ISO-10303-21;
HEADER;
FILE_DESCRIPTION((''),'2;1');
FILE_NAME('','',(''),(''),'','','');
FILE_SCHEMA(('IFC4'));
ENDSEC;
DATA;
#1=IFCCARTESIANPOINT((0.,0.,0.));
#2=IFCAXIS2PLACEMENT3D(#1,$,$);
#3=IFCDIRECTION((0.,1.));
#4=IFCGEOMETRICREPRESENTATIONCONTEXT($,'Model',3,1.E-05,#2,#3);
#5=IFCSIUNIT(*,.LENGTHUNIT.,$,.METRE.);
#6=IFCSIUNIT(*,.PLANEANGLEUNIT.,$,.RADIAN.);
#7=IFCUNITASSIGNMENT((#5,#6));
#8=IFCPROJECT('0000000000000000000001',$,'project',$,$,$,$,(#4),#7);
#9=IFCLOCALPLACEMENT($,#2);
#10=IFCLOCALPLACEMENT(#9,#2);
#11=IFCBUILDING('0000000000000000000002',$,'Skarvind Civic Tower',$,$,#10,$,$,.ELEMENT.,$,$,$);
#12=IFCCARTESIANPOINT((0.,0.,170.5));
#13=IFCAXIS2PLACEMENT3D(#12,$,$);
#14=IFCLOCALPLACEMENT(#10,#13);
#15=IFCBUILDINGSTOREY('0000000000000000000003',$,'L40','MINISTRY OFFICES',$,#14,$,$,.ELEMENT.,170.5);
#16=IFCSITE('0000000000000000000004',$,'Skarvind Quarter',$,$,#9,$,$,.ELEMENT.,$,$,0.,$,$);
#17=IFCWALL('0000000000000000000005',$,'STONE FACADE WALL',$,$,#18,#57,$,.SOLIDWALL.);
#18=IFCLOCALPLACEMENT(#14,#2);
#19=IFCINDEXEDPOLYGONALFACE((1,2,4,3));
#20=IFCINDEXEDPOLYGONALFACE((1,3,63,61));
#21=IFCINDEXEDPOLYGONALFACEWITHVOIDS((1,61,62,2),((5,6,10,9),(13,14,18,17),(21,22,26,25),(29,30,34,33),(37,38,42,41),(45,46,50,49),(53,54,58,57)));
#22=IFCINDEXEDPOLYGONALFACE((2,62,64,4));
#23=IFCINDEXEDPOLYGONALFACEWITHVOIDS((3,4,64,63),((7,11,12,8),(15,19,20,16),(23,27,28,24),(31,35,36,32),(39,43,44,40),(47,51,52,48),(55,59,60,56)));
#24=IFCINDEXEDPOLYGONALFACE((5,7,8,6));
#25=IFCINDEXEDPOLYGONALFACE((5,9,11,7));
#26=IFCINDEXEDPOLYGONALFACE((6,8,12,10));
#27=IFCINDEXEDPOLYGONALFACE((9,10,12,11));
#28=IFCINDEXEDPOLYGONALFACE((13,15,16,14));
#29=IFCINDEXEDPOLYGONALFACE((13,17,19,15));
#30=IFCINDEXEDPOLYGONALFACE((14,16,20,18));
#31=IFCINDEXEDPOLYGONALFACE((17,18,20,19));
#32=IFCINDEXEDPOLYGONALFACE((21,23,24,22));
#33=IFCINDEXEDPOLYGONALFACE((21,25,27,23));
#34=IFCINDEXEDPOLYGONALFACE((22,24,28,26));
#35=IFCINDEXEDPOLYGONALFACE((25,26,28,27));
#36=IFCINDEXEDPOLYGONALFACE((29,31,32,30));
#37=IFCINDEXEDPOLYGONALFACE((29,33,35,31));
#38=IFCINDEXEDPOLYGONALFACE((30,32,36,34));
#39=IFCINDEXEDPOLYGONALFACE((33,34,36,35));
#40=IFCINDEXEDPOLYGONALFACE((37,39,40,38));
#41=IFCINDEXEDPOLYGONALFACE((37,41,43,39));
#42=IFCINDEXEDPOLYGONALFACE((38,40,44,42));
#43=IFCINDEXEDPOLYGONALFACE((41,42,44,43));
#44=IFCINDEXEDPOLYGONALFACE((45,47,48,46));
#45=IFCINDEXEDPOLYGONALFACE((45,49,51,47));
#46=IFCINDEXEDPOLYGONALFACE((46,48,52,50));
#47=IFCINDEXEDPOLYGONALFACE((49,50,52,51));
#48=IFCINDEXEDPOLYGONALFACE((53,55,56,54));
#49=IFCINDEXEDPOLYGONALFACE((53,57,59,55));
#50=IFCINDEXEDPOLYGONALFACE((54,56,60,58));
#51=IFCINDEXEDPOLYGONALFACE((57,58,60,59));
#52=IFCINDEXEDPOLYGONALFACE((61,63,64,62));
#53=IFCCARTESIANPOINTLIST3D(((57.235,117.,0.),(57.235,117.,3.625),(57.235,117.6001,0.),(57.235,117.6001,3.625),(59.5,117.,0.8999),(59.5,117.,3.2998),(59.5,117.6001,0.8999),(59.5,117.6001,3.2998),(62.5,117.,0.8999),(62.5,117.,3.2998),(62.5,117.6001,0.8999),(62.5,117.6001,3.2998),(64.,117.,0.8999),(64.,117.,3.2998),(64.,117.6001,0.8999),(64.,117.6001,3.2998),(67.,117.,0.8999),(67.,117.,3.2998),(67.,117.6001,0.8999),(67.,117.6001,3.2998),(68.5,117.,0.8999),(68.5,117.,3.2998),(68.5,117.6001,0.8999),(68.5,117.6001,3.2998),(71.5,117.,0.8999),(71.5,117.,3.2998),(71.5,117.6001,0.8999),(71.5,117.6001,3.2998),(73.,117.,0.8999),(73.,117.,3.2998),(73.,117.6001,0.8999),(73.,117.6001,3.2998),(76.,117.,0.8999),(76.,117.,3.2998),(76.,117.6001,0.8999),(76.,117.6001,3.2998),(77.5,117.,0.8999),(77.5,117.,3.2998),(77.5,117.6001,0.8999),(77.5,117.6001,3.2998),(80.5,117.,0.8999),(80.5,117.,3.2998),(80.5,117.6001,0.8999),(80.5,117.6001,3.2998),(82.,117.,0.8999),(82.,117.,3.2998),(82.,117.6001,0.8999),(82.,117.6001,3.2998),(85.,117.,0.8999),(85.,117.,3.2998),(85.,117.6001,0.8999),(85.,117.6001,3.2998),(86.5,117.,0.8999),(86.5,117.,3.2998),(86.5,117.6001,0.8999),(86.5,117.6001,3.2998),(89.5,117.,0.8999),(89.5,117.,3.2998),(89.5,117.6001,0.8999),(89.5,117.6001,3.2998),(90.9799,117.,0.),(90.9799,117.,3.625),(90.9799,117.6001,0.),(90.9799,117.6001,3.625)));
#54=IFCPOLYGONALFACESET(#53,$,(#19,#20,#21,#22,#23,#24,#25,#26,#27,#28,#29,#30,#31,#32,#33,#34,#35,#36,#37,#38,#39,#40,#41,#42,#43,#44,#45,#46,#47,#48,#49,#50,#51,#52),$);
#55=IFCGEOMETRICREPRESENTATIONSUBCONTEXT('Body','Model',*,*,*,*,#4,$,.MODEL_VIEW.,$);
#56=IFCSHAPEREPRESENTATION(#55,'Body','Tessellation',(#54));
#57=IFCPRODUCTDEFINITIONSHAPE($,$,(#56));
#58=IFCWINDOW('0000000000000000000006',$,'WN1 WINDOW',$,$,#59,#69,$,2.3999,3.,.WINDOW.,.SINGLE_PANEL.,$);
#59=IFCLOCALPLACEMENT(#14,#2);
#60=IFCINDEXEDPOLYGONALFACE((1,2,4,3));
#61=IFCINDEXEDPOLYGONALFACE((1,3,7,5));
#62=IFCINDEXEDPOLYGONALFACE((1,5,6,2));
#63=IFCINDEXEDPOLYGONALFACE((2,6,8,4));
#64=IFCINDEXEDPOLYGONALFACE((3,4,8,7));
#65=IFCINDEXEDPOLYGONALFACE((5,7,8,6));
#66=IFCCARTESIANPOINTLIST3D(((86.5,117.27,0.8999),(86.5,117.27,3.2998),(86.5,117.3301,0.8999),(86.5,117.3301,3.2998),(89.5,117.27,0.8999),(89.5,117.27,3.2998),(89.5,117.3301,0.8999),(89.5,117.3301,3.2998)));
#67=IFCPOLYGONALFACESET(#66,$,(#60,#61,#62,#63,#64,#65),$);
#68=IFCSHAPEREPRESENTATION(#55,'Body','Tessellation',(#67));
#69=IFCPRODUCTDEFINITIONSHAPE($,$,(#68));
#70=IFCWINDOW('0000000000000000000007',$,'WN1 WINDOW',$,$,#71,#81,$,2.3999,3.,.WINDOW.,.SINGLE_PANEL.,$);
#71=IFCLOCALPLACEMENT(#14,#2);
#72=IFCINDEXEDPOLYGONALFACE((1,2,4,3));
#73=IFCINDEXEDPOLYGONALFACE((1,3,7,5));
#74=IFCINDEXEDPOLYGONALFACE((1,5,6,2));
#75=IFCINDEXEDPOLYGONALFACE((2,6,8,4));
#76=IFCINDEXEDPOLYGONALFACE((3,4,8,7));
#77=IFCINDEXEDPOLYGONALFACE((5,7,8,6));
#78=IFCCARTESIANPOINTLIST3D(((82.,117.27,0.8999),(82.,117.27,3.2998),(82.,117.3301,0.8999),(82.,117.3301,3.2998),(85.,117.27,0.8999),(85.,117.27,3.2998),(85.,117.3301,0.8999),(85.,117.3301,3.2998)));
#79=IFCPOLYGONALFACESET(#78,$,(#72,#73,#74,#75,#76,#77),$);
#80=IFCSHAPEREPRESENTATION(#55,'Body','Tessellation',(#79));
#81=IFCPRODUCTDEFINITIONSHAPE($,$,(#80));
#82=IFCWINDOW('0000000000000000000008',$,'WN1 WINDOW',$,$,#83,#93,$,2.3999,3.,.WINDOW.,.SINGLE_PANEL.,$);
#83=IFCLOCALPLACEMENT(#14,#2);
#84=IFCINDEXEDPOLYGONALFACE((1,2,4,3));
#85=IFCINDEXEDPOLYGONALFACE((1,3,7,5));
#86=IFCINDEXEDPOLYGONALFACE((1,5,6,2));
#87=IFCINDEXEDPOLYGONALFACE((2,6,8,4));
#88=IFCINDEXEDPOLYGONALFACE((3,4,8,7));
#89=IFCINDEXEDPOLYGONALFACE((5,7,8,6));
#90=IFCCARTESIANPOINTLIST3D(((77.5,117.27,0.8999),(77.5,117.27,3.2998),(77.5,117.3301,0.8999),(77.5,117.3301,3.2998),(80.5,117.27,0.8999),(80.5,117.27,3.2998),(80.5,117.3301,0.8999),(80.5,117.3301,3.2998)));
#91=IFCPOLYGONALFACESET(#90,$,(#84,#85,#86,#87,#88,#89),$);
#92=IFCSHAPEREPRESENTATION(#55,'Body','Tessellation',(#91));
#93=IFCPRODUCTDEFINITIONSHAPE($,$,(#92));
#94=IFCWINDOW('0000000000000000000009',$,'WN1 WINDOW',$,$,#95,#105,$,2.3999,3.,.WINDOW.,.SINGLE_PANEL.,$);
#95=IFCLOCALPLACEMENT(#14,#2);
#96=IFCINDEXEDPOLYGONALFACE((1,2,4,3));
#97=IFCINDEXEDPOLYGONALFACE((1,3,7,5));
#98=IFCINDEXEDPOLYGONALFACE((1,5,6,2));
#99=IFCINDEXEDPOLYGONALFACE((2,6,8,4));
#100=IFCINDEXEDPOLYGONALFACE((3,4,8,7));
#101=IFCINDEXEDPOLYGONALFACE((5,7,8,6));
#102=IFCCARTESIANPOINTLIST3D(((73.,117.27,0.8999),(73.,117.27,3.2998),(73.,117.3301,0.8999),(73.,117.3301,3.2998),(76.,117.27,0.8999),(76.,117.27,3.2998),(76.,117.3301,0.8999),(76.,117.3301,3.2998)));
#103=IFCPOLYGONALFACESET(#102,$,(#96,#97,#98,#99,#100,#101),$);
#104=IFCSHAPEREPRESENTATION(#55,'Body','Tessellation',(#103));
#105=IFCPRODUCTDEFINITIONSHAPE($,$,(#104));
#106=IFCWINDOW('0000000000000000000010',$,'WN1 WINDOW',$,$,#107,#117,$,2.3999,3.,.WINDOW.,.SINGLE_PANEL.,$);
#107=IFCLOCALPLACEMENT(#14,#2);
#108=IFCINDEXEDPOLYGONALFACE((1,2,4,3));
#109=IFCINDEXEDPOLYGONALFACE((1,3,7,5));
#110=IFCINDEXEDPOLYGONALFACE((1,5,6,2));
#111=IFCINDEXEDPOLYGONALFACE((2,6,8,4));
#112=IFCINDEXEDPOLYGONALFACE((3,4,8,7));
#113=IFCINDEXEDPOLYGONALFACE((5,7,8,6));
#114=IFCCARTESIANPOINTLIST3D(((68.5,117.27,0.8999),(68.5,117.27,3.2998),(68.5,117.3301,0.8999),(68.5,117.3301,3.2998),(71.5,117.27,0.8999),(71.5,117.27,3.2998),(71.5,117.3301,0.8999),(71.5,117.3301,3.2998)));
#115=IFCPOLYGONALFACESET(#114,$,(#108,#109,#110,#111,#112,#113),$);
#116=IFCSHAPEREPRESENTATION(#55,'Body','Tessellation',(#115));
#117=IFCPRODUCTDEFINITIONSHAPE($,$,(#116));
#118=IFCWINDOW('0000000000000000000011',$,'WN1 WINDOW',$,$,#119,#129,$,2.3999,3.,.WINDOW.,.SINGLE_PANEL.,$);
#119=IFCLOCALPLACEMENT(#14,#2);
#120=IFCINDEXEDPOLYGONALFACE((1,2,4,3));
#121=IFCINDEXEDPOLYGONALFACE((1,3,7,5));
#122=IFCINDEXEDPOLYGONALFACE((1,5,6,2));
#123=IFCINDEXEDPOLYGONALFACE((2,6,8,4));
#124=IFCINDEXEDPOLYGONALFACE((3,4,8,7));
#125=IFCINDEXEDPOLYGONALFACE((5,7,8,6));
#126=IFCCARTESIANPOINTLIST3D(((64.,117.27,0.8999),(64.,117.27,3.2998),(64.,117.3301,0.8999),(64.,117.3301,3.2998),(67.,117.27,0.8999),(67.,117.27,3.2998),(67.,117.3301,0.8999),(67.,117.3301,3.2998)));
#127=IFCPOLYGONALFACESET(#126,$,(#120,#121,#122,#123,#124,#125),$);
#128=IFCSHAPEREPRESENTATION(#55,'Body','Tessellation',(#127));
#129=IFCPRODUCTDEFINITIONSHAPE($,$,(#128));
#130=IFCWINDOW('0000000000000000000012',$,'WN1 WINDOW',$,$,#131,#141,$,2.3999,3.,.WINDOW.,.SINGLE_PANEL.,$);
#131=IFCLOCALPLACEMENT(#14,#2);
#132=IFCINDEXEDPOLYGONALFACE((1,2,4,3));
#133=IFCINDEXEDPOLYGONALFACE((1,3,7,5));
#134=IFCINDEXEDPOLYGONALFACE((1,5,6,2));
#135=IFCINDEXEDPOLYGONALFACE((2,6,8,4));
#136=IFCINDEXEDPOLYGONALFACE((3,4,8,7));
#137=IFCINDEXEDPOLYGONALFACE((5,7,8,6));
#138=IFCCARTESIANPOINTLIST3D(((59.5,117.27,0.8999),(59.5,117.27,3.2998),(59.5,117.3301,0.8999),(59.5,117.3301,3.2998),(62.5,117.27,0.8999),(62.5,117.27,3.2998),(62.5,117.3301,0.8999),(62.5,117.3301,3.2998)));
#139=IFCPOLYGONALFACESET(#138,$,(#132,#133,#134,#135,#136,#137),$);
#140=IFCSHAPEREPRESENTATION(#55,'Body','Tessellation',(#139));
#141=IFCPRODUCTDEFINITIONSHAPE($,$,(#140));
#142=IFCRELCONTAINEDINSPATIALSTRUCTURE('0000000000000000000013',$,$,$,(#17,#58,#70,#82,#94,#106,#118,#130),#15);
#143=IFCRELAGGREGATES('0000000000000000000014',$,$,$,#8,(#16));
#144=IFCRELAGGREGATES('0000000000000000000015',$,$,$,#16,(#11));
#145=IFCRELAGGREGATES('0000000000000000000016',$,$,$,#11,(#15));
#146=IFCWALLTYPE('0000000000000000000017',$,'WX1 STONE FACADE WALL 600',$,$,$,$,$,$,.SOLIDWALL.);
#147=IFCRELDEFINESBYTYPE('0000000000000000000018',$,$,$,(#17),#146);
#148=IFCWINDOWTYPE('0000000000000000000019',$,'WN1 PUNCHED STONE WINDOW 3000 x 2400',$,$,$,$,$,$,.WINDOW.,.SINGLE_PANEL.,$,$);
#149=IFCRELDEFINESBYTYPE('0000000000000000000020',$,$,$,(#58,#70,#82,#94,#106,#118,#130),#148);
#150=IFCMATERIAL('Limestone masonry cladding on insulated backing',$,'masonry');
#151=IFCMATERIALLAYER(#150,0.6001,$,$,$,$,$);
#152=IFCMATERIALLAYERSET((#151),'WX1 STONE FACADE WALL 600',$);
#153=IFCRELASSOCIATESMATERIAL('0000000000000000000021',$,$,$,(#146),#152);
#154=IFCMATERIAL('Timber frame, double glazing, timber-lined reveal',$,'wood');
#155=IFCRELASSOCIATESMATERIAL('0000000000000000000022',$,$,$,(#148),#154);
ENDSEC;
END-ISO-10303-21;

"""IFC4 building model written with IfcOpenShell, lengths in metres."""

from ifc_helpers import new_model, si_unit, direction, frame, frame_2d, origin, place, context, subcontext, project, spatial, rectangle, extrude, material, layer, layer_set, type_object, element, fill, save


model = new_model("IFC4")

# Units and contexts
model_context = context("Model", 3, precision=1e-05, world=origin(), true_north=direction((0.0, 1.0)))
body_context = subcontext(model_context, "Body", "Model", "MODEL_VIEW")
ifc_project = project(units=[si_unit("LENGTHUNIT", "METRE"), si_unit("PLANEANGLEUNIT", "RADIAN")], contexts=[model_context])

# Site, building, storey
site_placement = place(None, origin())
site = spatial("IfcSite", under=ifc_project, at=site_placement, Name="Skarvind Quarter", CompositionType="ELEMENT", RefElevation=0.0)
building_placement = place(site_placement, origin())
building = spatial("IfcBuilding", under=site, at=building_placement, Name="Skarvind Civic Tower", CompositionType="ELEMENT")
storey_placement = place(building_placement, frame((0.0, 0.0, 170.5)))
storey = spatial("IfcBuildingStorey", under=building, at=storey_placement, Name="L40", Description="MINISTRY OFFICES", CompositionType="ELEMENT", Elevation=170.5)

# Shared definitions
ifc_material_1 = material(Name="Limestone masonry cladding on insulated backing", Category="masonry")
ifc_layer_1 = layer(ifc_material_1, 0.6001)
ifc_layer_set_1 = layer_set([ifc_layer_1], Name="WX1 STONE FACADE WALL 600")
wall_type_1 = type_object("IfcWallType", Name="WX1 STONE FACADE WALL 600", PredefinedType="SOLIDWALL", material=ifc_layer_set_1)

# Wall, openings, windows
wall_1_placement = place(storey_placement, frame((90.98, 117.3, 0.0), z_axis=(0.0, 0.0, 1.0), x_axis=(-1.0, 0.0, 0.0)))
wall_1 = element("IfcWall", 1, at=wall_1_placement, inside=storey, type_object=wall_type_1, Name="STONE FACADE WALL", PredefinedType="SOLIDWALL", context=body_context, shape_type="SweptSolid", body=[
    extrude(rectangle(XDim=33.7449, YDim=0.6001, at=frame_2d((16.8726, 0.0))), origin(), (0.0, 0.0, 1.0), 3.625),
])
opening_1_placement = place(wall_1_placement, frame((1.48, 0.0, 0.8999)))
opening_1 = element("IfcOpeningElement", 2, at=opening_1_placement, cuts=wall_1, PredefinedType="OPENING", context=body_context, shape_type="SweptSolid", body=[
    extrude(rectangle(XDim=3.0, YDim=2.3999, at=frame_2d((1.5, 1.2))), frame((0.0, 0.3101, 0.0), z_axis=(0.0, -1.0, 0.0), x_axis=(1.0, 0.0, 0.0)), (0.0, 0.0, 1.0), 0.6201),
])
opening_2_placement = place(wall_1_placement, frame((5.98, 0.0, 0.8999)))
opening_2 = element("IfcOpeningElement", 3, at=opening_2_placement, cuts=wall_1, PredefinedType="OPENING", context=body_context, shape_type="SweptSolid", body=[
    extrude(rectangle(XDim=3.0, YDim=2.3999, at=frame_2d((1.5, 1.2))), frame((0.0, 0.3101, 0.0), z_axis=(0.0, -1.0, 0.0), x_axis=(1.0, 0.0, 0.0)), (0.0, 0.0, 1.0), 0.6201),
])
opening_3_placement = place(wall_1_placement, frame((10.48, 0.0, 0.8999)))
opening_3 = element("IfcOpeningElement", 4, at=opening_3_placement, cuts=wall_1, PredefinedType="OPENING", context=body_context, shape_type="SweptSolid", body=[
    extrude(rectangle(XDim=3.0, YDim=2.3999, at=frame_2d((1.5, 1.2))), frame((0.0, 0.3101, 0.0), z_axis=(0.0, -1.0, 0.0), x_axis=(1.0, 0.0, 0.0)), (0.0, 0.0, 1.0), 0.6201),
])
opening_4_placement = place(wall_1_placement, frame((14.98, 0.0, 0.8999)))
opening_4 = element("IfcOpeningElement", 5, at=opening_4_placement, cuts=wall_1, PredefinedType="OPENING", context=body_context, shape_type="SweptSolid", body=[
    extrude(rectangle(XDim=3.0, YDim=2.3999, at=frame_2d((1.5, 1.2))), frame((0.0, 0.3101, 0.0), z_axis=(0.0, -1.0, 0.0), x_axis=(1.0, 0.0, 0.0)), (0.0, 0.0, 1.0), 0.6201),
])
opening_5_placement = place(wall_1_placement, frame((19.48, 0.0, 0.8999)))
opening_5 = element("IfcOpeningElement", 6, at=opening_5_placement, cuts=wall_1, PredefinedType="OPENING", context=body_context, shape_type="SweptSolid", body=[
    extrude(rectangle(XDim=3.0, YDim=2.3999, at=frame_2d((1.5, 1.2))), frame((0.0, 0.3101, 0.0), z_axis=(0.0, -1.0, 0.0), x_axis=(1.0, 0.0, 0.0)), (0.0, 0.0, 1.0), 0.6201),
])
opening_6_placement = place(wall_1_placement, frame((23.98, 0.0, 0.8999)))
opening_6 = element("IfcOpeningElement", 7, at=opening_6_placement, cuts=wall_1, PredefinedType="OPENING", context=body_context, shape_type="SweptSolid", body=[
    extrude(rectangle(XDim=3.0, YDim=2.3999, at=frame_2d((1.5, 1.2))), frame((0.0, 0.3101, 0.0), z_axis=(0.0, -1.0, 0.0), x_axis=(1.0, 0.0, 0.0)), (0.0, 0.0, 1.0), 0.6201),
])
opening_7_placement = place(wall_1_placement, frame((28.48, 0.0, 0.8999)))
opening_7 = element("IfcOpeningElement", 8, at=opening_7_placement, cuts=wall_1, PredefinedType="OPENING", context=body_context, shape_type="SweptSolid", body=[
    extrude(rectangle(XDim=3.0, YDim=2.3999, at=frame_2d((1.5, 1.2))), frame((0.0, 0.3101, 0.0), z_axis=(0.0, -1.0, 0.0), x_axis=(1.0, 0.0, 0.0)), (0.0, 0.0, 1.0), 0.6201),
])
ifc_material_2 = material(Name="Timber frame, double glazing, timber-lined reveal", Category="wood")
window_type = type_object("IfcWindowType", Name="WN1 PUNCHED STONE WINDOW 3000 x 2400", PartitioningType="SINGLE_PANEL", PredefinedType="WINDOW", material=ifc_material_2)
window_1_placement = place(opening_1_placement, origin())
window_1 = element("IfcWindow", 9, at=window_1_placement, inside=storey, type_object=window_type, Name="WN1 WINDOW", OverallHeight=2.3999, OverallWidth=3.0, PartitioningType="SINGLE_PANEL", PredefinedType="WINDOW", context=body_context, shape_type="SweptSolid", body=[
    extrude(rectangle(XDim=3.0, YDim=2.3999, at=frame_2d((1.5, 1.2))), frame((0.0, 0.03, 0.0), z_axis=(0.0, -1.0, 0.0), x_axis=(1.0, 0.0, 0.0)), (0.0, 0.0, 1.0), 0.0601),
])
fill(opening_1, window_1)
window_2_placement = place(opening_2_placement, origin())
window_2 = element("IfcWindow", 10, at=window_2_placement, inside=storey, type_object=window_type, Name="WN1 WINDOW", OverallHeight=2.3999, OverallWidth=3.0, PartitioningType="SINGLE_PANEL", PredefinedType="WINDOW", context=body_context, shape_type="SweptSolid", body=[
    extrude(rectangle(XDim=3.0, YDim=2.3999, at=frame_2d((1.5, 1.2))), frame((0.0, 0.03, 0.0), z_axis=(0.0, -1.0, 0.0), x_axis=(1.0, 0.0, 0.0)), (0.0, 0.0, 1.0), 0.0601),
])
fill(opening_2, window_2)
window_3_placement = place(opening_3_placement, origin())
window_3 = element("IfcWindow", 11, at=window_3_placement, inside=storey, type_object=window_type, Name="WN1 WINDOW", OverallHeight=2.3999, OverallWidth=3.0, PartitioningType="SINGLE_PANEL", PredefinedType="WINDOW", context=body_context, shape_type="SweptSolid", body=[
    extrude(rectangle(XDim=3.0, YDim=2.3999, at=frame_2d((1.5, 1.2))), frame((0.0, 0.03, 0.0), z_axis=(0.0, -1.0, 0.0), x_axis=(1.0, 0.0, 0.0)), (0.0, 0.0, 1.0), 0.0601),
])
fill(opening_3, window_3)
window_4_placement = place(opening_4_placement, origin())
window_4 = element("IfcWindow", 12, at=window_4_placement, inside=storey, type_object=window_type, Name="WN1 WINDOW", OverallHeight=2.3999, OverallWidth=3.0, PartitioningType="SINGLE_PANEL", PredefinedType="WINDOW", context=body_context, shape_type="SweptSolid", body=[
    extrude(rectangle(XDim=3.0, YDim=2.3999, at=frame_2d((1.5, 1.2))), frame((0.0, 0.03, 0.0), z_axis=(0.0, -1.0, 0.0), x_axis=(1.0, 0.0, 0.0)), (0.0, 0.0, 1.0), 0.0601),
])
fill(opening_4, window_4)
window_5_placement = place(opening_5_placement, origin())
window_5 = element("IfcWindow", 13, at=window_5_placement, inside=storey, type_object=window_type, Name="WN1 WINDOW", OverallHeight=2.3999, OverallWidth=3.0, PartitioningType="SINGLE_PANEL", PredefinedType="WINDOW", context=body_context, shape_type="SweptSolid", body=[
    extrude(rectangle(XDim=3.0, YDim=2.3999, at=frame_2d((1.5, 1.2))), frame((0.0, 0.03, 0.0), z_axis=(0.0, -1.0, 0.0), x_axis=(1.0, 0.0, 0.0)), (0.0, 0.0, 1.0), 0.0601),
])
fill(opening_5, window_5)
window_6_placement = place(opening_6_placement, origin())
window_6 = element("IfcWindow", 14, at=window_6_placement, inside=storey, type_object=window_type, Name="WN1 WINDOW", OverallHeight=2.3999, OverallWidth=3.0, PartitioningType="SINGLE_PANEL", PredefinedType="WINDOW", context=body_context, shape_type="SweptSolid", body=[
    extrude(rectangle(XDim=3.0, YDim=2.3999, at=frame_2d((1.5, 1.2))), frame((0.0, 0.03, 0.0), z_axis=(0.0, -1.0, 0.0), x_axis=(1.0, 0.0, 0.0)), (0.0, 0.0, 1.0), 0.0601),
])
fill(opening_6, window_6)
window_7_placement = place(opening_7_placement, origin())
window_7 = element("IfcWindow", 15, at=window_7_placement, inside=storey, type_object=window_type, Name="WN1 WINDOW", OverallHeight=2.3999, OverallWidth=3.0, PartitioningType="SINGLE_PANEL", PredefinedType="WINDOW", context=body_context, shape_type="SweptSolid", body=[
    extrude(rectangle(XDim=3.0, YDim=2.3999, at=frame_2d((1.5, 1.2))), frame((0.0, 0.03, 0.0), z_axis=(0.0, -1.0, 0.0), x_axis=(1.0, 0.0, 0.0)), (0.0, 0.0, 1.0), 0.0601),
])
fill(opening_7, window_7)

save(model, "model.ifc")
